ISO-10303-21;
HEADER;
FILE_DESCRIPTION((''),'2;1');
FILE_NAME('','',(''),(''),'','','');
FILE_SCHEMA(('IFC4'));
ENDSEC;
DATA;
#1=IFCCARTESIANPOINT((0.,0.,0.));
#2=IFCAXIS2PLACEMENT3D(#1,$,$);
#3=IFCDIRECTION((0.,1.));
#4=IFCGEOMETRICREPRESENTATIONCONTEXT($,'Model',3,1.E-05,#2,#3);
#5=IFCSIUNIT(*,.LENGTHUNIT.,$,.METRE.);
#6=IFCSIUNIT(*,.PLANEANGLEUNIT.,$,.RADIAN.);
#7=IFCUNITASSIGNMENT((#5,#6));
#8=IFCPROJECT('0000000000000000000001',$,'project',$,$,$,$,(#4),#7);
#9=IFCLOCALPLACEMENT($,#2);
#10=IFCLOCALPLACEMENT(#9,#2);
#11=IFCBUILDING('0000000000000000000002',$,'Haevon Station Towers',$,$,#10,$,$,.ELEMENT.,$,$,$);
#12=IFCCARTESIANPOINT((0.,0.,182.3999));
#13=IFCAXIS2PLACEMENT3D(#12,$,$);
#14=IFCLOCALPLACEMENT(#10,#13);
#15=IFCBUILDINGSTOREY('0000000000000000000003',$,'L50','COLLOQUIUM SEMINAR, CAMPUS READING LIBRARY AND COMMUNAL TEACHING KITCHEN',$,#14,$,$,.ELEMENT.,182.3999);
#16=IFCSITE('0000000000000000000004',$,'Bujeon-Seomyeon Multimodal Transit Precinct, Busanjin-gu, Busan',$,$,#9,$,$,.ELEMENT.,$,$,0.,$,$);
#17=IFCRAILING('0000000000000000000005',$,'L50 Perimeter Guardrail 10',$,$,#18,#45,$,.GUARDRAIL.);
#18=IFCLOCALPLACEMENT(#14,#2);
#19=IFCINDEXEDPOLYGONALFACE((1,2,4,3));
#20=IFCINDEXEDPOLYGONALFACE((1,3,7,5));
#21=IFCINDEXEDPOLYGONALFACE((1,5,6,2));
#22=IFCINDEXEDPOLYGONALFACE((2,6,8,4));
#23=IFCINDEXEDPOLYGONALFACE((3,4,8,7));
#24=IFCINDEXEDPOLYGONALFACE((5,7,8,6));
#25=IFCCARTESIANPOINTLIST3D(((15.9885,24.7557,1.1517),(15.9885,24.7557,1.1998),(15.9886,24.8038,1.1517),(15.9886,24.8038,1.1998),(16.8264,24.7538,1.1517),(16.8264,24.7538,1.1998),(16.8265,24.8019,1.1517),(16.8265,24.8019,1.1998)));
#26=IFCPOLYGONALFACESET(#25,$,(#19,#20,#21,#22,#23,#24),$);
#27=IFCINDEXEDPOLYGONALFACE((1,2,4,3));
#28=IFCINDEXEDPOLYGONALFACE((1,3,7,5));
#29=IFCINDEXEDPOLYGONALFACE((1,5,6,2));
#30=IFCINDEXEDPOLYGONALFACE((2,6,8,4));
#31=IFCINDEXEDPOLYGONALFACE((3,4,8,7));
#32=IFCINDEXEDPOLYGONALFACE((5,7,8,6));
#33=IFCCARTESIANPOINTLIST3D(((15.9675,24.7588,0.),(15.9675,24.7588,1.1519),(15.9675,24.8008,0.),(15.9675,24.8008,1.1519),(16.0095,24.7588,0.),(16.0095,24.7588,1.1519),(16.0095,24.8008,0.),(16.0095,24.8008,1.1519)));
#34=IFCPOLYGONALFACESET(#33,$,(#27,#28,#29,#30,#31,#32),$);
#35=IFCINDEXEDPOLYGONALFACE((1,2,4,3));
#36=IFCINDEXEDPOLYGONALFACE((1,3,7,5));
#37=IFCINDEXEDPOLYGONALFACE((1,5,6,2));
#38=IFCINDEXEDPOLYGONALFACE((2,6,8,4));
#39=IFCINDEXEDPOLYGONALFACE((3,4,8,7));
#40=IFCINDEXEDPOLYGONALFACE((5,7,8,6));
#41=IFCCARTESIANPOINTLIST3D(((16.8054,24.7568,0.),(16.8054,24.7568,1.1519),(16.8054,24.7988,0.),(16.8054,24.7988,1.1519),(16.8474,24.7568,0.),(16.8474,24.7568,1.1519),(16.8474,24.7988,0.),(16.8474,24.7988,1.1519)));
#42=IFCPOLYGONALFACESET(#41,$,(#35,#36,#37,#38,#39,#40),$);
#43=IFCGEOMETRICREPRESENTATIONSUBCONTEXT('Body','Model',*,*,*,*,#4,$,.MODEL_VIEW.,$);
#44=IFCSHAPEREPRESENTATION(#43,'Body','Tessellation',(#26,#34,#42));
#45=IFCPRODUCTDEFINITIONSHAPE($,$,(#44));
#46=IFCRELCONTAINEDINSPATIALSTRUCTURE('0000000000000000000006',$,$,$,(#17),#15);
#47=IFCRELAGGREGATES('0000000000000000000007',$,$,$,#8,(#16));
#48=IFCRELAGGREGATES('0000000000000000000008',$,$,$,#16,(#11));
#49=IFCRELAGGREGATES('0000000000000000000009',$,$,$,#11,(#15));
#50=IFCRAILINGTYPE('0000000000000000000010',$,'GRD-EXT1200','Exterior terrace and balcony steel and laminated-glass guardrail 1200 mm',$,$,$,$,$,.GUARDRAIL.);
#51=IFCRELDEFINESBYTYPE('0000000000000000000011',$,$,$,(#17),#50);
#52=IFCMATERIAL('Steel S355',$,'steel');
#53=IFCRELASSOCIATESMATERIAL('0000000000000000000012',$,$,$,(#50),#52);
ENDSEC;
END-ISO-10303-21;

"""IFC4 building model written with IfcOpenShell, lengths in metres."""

from ifc_helpers import new_model, si_unit, direction, frame, origin, origin_2d, place, context, subcontext, project, spatial, rectangle, extrude, material, type_object, element, save


model = new_model("IFC4")

# Units and contexts
model_context = context("Model", 3, precision=1e-05, world=origin(), true_north=direction((0.0, 1.0)))
body_context = subcontext(model_context, "Body", "Model", "MODEL_VIEW")
ifc_project = project(units=[si_unit("LENGTHUNIT", "METRE"), si_unit("PLANEANGLEUNIT", "RADIAN")], contexts=[model_context])

# Site, building, storey
site_placement = place(None, origin())
site = spatial("IfcSite", under=ifc_project, at=site_placement, Name="Bujeon-Seomyeon Multimodal Transit Precinct, Busanjin-gu, Busan", CompositionType="ELEMENT", RefElevation=0.0)
building_placement = place(site_placement, origin())
building = spatial("IfcBuilding", under=site, at=building_placement, Name="Haevon Station Towers", CompositionType="ELEMENT")
storey_placement = place(building_placement, frame((0.0, 0.0, 182.3999)))
storey = spatial("IfcBuildingStorey", under=building, at=storey_placement, Name="L50", Description="COLLOQUIUM SEMINAR, CAMPUS READING LIBRARY AND COMMUNAL TEACHING KITCHEN", CompositionType="ELEMENT", Elevation=182.3999)

# Shared definitions
ifc_material_1 = material(Name="Steel S355", Category="steel")

# Railing
railing_type = type_object("IfcRailingType", Name="GRD-EXT1200", Description="Exterior terrace and balcony steel and laminated-glass guardrail 1200 mm", PredefinedType="GUARDRAIL", material=ifc_material_1)
railing_placement = place(storey_placement, frame((15.9885, 24.7798, 0.0)))
element("IfcRailing", 1, at=railing_placement, inside=storey, type_object=railing_type, Name="L50 Perimeter Guardrail 10", PredefinedType="GUARDRAIL", context=body_context, shape_type="SweptSolid", body=[
    extrude(rectangle(XDim=0.0481, YDim=0.0481, at=origin_2d()), frame((0.0, 0.0, 1.1758), z_axis=(0.999997, -0.002331, 0.0), x_axis=(0.002331, 0.999997, 0.0)), (0.0, 0.0, 1.0), 0.8379),
    extrude(rectangle(XDim=0.042, YDim=0.042, at=origin_2d()), origin(), (0.0, 0.0, 1.0), 1.1519),
    extrude(rectangle(XDim=0.042, YDim=0.042, at=origin_2d()), frame((0.8379, -0.002, 0.0)), (0.0, 0.0, 1.0), 1.1519),
])

save(model, "model.ifc")
